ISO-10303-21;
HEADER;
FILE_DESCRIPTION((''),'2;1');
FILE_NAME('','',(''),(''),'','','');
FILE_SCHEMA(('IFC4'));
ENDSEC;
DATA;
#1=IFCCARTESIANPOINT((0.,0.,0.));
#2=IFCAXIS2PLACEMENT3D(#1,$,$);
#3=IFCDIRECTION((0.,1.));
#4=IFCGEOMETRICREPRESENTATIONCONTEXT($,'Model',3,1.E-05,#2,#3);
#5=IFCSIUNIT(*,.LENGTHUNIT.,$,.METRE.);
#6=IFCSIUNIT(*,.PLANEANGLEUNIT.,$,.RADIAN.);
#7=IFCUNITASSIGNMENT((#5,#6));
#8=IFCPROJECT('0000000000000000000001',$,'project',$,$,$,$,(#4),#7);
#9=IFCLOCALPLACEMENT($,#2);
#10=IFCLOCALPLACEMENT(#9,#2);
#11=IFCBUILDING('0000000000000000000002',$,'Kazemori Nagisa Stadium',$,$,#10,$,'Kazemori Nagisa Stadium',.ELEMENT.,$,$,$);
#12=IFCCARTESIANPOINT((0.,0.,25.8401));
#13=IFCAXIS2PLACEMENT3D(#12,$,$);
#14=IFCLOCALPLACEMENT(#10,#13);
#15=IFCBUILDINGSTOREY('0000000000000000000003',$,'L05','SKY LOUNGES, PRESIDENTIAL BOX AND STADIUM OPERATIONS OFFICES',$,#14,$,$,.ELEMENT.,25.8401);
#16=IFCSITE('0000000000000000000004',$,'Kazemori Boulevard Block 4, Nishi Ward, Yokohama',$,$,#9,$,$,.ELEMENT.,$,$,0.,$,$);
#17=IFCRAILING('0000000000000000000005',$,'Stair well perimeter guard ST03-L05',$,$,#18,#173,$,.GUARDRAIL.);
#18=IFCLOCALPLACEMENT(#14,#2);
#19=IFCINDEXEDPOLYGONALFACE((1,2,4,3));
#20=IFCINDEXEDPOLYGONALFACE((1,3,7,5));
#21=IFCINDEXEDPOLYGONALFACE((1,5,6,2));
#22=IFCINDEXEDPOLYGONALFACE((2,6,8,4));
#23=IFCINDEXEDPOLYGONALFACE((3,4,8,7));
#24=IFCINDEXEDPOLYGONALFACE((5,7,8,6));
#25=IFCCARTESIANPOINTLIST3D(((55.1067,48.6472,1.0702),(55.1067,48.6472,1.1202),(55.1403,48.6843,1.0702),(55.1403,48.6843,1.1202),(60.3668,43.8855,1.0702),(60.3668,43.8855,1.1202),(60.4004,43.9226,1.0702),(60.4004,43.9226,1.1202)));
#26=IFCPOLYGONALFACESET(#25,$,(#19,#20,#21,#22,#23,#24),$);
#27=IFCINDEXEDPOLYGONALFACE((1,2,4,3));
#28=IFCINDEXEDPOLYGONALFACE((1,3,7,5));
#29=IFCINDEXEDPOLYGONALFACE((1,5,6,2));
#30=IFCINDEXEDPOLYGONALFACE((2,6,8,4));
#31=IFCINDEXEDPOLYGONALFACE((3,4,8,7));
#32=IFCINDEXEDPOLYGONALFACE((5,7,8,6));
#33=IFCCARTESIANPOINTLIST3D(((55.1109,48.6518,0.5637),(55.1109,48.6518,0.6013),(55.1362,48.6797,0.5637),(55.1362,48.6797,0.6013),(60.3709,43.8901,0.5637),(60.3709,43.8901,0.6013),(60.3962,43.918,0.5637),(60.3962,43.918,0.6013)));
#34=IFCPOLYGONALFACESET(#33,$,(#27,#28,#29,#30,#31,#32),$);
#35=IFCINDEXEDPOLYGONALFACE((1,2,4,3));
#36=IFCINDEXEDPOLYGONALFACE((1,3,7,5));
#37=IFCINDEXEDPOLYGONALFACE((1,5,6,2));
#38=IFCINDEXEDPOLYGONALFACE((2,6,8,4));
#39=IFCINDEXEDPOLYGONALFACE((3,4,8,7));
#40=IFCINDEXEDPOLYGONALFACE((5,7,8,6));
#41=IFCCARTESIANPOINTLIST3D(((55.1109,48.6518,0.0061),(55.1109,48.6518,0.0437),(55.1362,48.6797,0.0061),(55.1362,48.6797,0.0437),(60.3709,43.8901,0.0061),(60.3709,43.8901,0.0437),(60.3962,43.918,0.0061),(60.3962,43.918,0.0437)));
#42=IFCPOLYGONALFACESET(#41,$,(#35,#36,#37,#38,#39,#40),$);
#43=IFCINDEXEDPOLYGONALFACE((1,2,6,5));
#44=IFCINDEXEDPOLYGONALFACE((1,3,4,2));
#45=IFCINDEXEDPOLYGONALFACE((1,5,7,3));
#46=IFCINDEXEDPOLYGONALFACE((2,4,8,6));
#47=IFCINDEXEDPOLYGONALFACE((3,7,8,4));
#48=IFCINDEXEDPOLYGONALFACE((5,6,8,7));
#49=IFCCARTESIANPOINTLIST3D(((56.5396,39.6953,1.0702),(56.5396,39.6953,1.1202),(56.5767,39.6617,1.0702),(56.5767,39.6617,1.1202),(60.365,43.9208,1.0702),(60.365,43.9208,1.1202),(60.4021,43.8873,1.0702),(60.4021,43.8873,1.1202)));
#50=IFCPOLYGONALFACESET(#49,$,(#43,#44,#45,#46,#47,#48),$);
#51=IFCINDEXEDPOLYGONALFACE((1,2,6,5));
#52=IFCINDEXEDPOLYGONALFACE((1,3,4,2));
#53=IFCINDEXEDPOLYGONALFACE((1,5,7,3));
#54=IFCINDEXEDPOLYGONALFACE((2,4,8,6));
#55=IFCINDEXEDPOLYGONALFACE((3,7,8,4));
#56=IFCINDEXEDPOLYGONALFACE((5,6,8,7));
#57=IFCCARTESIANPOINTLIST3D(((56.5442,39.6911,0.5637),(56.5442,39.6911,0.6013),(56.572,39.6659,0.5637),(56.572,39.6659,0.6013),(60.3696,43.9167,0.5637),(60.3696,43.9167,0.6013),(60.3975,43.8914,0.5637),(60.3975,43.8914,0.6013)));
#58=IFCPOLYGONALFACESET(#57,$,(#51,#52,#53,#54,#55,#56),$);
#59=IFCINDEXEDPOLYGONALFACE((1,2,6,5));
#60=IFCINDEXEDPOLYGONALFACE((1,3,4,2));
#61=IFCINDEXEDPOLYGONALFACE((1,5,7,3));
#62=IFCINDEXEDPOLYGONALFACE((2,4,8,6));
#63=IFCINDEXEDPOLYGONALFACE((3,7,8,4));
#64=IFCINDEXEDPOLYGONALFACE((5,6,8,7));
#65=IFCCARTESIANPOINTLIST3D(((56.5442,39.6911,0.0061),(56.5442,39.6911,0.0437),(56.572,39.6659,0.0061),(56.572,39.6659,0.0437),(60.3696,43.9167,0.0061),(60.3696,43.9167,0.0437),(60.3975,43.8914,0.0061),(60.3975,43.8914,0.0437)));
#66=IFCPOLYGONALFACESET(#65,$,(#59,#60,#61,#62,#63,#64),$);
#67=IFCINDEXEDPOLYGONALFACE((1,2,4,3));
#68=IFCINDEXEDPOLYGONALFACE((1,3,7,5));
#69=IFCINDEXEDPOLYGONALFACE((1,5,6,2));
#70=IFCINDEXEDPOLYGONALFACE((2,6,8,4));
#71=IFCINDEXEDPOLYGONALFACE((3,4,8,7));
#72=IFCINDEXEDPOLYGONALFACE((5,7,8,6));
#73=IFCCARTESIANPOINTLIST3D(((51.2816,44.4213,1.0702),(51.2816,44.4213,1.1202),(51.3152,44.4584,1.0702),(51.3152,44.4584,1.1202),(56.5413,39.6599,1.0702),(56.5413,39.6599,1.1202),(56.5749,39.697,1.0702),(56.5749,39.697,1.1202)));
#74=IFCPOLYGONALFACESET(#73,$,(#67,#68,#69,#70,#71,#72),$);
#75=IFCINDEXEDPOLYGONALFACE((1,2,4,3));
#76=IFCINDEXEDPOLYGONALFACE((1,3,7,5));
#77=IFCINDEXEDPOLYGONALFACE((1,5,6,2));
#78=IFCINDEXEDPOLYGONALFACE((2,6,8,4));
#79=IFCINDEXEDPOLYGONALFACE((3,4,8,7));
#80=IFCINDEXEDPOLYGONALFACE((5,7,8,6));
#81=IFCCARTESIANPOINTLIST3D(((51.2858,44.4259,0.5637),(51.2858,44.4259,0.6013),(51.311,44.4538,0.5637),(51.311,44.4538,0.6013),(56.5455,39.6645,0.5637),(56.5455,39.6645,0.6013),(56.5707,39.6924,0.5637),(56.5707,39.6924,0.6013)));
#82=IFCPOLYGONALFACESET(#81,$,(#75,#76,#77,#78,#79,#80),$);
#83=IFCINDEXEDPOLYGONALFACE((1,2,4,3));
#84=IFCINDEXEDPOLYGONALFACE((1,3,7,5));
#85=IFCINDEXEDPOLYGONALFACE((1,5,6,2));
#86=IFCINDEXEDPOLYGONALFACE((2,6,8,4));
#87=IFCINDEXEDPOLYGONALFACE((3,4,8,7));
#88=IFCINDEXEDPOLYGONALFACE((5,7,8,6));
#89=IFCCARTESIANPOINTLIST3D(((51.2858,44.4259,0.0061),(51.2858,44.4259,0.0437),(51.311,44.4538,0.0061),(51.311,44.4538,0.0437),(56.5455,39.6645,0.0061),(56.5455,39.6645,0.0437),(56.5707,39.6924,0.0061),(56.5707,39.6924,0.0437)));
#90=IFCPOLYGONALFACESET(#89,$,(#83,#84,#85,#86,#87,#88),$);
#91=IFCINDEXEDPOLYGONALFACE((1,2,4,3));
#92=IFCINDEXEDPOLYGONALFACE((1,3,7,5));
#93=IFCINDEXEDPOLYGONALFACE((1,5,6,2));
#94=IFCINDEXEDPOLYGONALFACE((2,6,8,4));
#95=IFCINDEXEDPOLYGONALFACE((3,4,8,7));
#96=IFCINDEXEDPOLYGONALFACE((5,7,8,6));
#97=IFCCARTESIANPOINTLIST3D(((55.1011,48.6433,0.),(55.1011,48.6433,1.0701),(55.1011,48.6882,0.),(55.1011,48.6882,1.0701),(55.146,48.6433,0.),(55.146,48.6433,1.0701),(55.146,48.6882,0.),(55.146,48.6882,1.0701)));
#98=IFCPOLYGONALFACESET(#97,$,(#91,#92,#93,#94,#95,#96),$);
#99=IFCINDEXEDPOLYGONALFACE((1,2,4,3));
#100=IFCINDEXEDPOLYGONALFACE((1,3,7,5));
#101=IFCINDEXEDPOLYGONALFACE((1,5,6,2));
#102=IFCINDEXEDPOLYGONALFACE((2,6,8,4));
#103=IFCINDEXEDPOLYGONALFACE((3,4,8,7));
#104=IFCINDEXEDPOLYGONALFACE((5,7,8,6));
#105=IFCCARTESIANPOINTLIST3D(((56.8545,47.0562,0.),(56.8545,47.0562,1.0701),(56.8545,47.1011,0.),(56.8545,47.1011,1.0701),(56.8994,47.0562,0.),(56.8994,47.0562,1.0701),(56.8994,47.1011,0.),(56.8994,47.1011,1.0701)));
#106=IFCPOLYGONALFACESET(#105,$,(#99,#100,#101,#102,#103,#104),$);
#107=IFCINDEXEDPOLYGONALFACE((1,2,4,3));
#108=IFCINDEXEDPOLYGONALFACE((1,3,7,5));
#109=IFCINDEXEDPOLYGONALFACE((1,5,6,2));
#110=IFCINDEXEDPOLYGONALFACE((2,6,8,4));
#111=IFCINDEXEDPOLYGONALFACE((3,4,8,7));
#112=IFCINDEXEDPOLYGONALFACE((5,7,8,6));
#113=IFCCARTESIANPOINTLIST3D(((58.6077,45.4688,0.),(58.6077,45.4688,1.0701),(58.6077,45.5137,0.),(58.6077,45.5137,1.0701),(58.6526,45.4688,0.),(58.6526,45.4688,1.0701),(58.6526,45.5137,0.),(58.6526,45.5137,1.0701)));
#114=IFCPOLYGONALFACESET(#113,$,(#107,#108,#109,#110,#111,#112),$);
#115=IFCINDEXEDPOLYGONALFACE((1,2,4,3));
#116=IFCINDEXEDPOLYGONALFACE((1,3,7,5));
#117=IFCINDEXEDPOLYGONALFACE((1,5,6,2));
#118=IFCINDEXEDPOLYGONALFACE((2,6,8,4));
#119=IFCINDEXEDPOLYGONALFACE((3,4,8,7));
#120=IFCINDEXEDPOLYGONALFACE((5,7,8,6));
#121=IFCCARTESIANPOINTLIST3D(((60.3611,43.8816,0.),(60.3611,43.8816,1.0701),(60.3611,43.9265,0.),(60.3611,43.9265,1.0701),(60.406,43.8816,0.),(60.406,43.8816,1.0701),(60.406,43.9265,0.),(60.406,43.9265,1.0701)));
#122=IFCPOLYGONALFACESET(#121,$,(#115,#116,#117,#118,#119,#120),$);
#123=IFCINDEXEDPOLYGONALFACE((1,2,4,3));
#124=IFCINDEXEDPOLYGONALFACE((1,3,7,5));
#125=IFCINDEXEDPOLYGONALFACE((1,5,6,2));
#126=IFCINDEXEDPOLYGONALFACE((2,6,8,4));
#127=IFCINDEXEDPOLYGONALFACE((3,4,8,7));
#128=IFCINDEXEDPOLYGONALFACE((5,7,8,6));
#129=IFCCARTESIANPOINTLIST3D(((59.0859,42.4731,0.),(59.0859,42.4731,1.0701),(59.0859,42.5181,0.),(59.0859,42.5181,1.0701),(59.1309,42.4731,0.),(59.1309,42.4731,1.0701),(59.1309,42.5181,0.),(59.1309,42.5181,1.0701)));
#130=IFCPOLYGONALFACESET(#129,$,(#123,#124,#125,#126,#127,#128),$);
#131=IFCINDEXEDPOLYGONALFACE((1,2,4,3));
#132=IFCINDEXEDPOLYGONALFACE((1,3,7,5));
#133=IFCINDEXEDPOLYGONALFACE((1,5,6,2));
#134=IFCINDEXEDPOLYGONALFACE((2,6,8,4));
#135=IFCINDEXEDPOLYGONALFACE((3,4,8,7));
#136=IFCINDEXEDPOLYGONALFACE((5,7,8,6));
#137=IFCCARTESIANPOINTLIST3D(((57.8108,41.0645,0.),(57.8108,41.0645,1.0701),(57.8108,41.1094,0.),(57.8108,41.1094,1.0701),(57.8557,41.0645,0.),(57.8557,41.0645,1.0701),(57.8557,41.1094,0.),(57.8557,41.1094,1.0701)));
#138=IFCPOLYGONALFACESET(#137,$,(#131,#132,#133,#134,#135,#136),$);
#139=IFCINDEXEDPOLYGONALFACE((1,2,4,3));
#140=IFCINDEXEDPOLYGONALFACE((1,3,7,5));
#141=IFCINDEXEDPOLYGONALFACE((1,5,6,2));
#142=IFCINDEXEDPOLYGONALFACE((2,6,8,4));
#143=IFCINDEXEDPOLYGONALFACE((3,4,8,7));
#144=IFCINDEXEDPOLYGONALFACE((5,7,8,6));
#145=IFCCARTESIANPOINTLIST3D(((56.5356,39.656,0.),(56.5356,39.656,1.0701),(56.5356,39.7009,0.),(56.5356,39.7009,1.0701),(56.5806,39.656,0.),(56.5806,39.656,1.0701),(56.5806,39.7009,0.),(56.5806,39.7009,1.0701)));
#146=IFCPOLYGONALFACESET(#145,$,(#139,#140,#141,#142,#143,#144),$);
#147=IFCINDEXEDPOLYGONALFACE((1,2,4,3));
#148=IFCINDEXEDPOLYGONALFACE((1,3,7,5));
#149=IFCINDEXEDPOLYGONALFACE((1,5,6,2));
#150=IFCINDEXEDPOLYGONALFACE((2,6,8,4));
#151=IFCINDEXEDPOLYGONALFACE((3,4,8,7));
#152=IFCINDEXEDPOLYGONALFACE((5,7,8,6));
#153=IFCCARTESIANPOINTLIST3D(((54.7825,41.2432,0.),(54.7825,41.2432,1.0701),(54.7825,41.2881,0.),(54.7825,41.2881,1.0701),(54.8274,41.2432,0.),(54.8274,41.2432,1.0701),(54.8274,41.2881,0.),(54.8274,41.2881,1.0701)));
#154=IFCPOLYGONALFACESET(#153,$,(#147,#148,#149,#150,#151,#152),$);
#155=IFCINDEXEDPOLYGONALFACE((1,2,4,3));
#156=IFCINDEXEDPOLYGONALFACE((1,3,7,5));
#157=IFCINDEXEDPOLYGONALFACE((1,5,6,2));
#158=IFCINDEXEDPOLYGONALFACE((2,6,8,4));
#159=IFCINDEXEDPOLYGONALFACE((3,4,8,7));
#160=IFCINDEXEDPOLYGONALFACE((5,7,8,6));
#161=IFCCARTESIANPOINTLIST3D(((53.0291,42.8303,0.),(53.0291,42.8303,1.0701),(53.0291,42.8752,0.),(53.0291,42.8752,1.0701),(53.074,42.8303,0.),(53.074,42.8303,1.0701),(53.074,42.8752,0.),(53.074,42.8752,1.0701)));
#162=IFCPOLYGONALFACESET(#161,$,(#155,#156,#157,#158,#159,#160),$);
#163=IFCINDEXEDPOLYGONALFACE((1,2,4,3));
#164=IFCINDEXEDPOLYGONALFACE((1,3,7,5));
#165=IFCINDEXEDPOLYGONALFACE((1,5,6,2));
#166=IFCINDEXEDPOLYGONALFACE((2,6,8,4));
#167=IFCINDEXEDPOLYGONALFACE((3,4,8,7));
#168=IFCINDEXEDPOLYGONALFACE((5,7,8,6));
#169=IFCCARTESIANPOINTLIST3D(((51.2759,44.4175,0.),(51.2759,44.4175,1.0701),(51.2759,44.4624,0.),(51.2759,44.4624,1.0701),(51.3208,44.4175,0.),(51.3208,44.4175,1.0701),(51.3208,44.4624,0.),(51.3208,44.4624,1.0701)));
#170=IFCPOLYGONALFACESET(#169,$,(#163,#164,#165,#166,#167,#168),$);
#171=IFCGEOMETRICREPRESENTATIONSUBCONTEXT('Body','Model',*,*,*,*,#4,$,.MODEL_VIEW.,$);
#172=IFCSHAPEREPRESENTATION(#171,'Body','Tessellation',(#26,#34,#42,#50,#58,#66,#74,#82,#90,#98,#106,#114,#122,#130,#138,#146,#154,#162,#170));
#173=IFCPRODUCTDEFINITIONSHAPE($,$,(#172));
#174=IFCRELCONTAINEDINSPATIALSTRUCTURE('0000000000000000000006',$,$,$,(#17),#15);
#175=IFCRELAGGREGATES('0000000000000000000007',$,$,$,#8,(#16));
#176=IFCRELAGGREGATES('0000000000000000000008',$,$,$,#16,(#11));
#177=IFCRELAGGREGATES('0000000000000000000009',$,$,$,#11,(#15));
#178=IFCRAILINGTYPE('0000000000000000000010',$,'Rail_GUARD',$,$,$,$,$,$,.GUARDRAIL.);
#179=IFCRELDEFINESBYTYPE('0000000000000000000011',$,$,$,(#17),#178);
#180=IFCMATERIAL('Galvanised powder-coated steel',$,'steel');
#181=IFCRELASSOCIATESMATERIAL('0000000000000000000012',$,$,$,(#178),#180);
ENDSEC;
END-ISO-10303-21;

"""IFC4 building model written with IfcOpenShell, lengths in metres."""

from ifc_helpers import new_model, si_unit, direction, frame, origin, origin_2d, place, context, subcontext, project, spatial, rectangle, extrude, material, type_object, element, save


model = new_model("IFC4")

# Units and contexts
model_context = context("Model", 3, precision=1e-05, world=origin(), true_north=direction((0.0, 1.0)))
body_context = subcontext(model_context, "Body", "Model", "MODEL_VIEW")
ifc_project = project(units=[si_unit("LENGTHUNIT", "METRE"), si_unit("PLANEANGLEUNIT", "RADIAN")], contexts=[model_context])

# Site, building, storey
site_placement = place(None, origin())
site = spatial("IfcSite", under=ifc_project, at=site_placement, Name="Kazemori Boulevard Block 4, Nishi Ward, Yokohama", CompositionType="ELEMENT", RefElevation=0.0)
building_placement = place(site_placement, origin())
building = spatial("IfcBuilding", under=site, at=building_placement, Name="Kazemori Nagisa Stadium", LongName="Kazemori Nagisa Stadium", CompositionType="ELEMENT")
storey_placement = place(building_placement, frame((0.0, 0.0, 25.8401)))
storey = spatial("IfcBuildingStorey", under=building, at=storey_placement, Name="L05", Description="SKY LOUNGES, PRESIDENTIAL BOX AND STADIUM OPERATIONS OFFICES", CompositionType="ELEMENT", Elevation=25.8401)

# Railing
ifc_material_1 = material(Name="Galvanised powder-coated steel", Category="steel")
railing_type_1 = type_object("IfcRailingType", Name="Rail_GUARD", PredefinedType="GUARDRAIL", material=ifc_material_1)
railing_1_placement = place(storey_placement, frame((55.1235, 48.6658, 0.0)))
element("IfcRailing", 1, at=railing_1_placement, inside=storey, type_object=railing_type_1, Name="Stair well perimeter guard ST03-L05", PredefinedType="GUARDRAIL", context=body_context, shape_type="SweptSolid", body=[
    extrude(rectangle(XDim=0.05, YDim=0.05, at=origin_2d()), frame((0.0, 0.0, 1.0952), z_axis=(0.741349, -0.67112, 0.0), x_axis=(0.67112, 0.741349, 0.0)), (0.0, 0.0, 1.0), 7.0952),
    extrude(rectangle(XDim=0.0376, YDim=0.0376, at=origin_2d()), frame((0.0, 0.0, 0.5825), z_axis=(0.741349, -0.67112, 0.0), x_axis=(0.67112, 0.741349, 0.0)), (0.0, 0.0, 1.0), 7.0952),
    extrude(rectangle(XDim=0.0376, YDim=0.0376, at=origin_2d()), frame((0.0, 0.0, 0.0249), z_axis=(0.741349, -0.67112, 0.0), x_axis=(0.67112, 0.741349, 0.0)), (0.0, 0.0, 1.0), 7.0952),
    extrude(rectangle(XDim=0.05, YDim=0.05, at=origin_2d()), frame((5.26, -4.7617, 1.0952), z_axis=(-0.671134, -0.741336, 0.0), x_axis=(0.741336, -0.671134, 0.0)), (0.0, 0.0, 1.0), 5.7),
    extrude(rectangle(XDim=0.0376, YDim=0.0376, at=origin_2d()), frame((5.26, -4.7617, 0.5825), z_axis=(-0.671134, -0.741336, 0.0), x_axis=(0.741336, -0.671134, 0.0)), (0.0, 0.0, 1.0), 5.7),
    extrude(rectangle(XDim=0.0376, YDim=0.0376, at=origin_2d()), frame((5.26, -4.7617, 0.0249), z_axis=(-0.671134, -0.741336, 0.0), x_axis=(0.741336, -0.671134, 0.0)), (0.0, 0.0, 1.0), 5.7),
    extrude(rectangle(XDim=0.05, YDim=0.05, at=origin_2d()), frame((1.4346, -8.9873, 1.0952), z_axis=(-0.741351, 0.671118, 0.0), x_axis=(-0.671118, -0.741351, 0.0)), (0.0, 0.0, 1.0), 7.0947),
    extrude(rectangle(XDim=0.0376, YDim=0.0376, at=origin_2d()), frame((1.4346, -8.9873, 0.5825), z_axis=(-0.741351, 0.671118, 0.0), x_axis=(-0.671118, -0.741351, 0.0)), (0.0, 0.0, 1.0), 7.0947),
    extrude(rectangle(XDim=0.0376, YDim=0.0376, at=origin_2d()), frame((1.4346, -8.9873, 0.0249), z_axis=(-0.741351, 0.671118, 0.0), x_axis=(-0.671118, -0.741351, 0.0)), (0.0, 0.0, 1.0), 7.0947),
    extrude(rectangle(XDim=0.0449, YDim=0.0449, at=origin_2d()), origin(), (0.0, 0.0, 1.0), 1.0701),
    extrude(rectangle(XDim=0.0449, YDim=0.0449, at=origin_2d()), frame((1.7534, -1.5872, 0.0)), (0.0, 0.0, 1.0), 1.0701),
    extrude(rectangle(XDim=0.0449, YDim=0.0449, at=origin_2d()), frame((3.5066, -3.1746, 0.0)), (0.0, 0.0, 1.0), 1.0701),
    extrude(rectangle(XDim=0.0449, YDim=0.0449, at=origin_2d()), frame((5.26, -4.7617, 0.0)), (0.0, 0.0, 1.0), 1.0701),
    extrude(rectangle(XDim=0.0449, YDim=0.0449, at=origin_2d()), frame((3.9849, -6.1702, 0.0)), (0.0, 0.0, 1.0), 1.0701),
    extrude(rectangle(XDim=0.0449, YDim=0.0449, at=origin_2d()), frame((2.7097, -7.5789, 0.0)), (0.0, 0.0, 1.0), 1.0701),
    extrude(rectangle(XDim=0.0449, YDim=0.0449, at=origin_2d()), frame((1.4346, -8.9873, 0.0)), (0.0, 0.0, 1.0), 1.0701),
    extrude(rectangle(XDim=0.0449, YDim=0.0449, at=origin_2d()), frame((-0.3186, -7.4001, 0.0)), (0.0, 0.0, 1.0), 1.0701),
    extrude(rectangle(XDim=0.0449, YDim=0.0449, at=origin_2d()), frame((-2.072, -5.813, 0.0)), (0.0, 0.0, 1.0), 1.0701),
    extrude(rectangle(XDim=0.0449, YDim=0.0449, at=origin_2d()), frame((-3.8252, -4.2258, 0.0)), (0.0, 0.0, 1.0), 1.0701),
])

save(model, "model.ifc")
